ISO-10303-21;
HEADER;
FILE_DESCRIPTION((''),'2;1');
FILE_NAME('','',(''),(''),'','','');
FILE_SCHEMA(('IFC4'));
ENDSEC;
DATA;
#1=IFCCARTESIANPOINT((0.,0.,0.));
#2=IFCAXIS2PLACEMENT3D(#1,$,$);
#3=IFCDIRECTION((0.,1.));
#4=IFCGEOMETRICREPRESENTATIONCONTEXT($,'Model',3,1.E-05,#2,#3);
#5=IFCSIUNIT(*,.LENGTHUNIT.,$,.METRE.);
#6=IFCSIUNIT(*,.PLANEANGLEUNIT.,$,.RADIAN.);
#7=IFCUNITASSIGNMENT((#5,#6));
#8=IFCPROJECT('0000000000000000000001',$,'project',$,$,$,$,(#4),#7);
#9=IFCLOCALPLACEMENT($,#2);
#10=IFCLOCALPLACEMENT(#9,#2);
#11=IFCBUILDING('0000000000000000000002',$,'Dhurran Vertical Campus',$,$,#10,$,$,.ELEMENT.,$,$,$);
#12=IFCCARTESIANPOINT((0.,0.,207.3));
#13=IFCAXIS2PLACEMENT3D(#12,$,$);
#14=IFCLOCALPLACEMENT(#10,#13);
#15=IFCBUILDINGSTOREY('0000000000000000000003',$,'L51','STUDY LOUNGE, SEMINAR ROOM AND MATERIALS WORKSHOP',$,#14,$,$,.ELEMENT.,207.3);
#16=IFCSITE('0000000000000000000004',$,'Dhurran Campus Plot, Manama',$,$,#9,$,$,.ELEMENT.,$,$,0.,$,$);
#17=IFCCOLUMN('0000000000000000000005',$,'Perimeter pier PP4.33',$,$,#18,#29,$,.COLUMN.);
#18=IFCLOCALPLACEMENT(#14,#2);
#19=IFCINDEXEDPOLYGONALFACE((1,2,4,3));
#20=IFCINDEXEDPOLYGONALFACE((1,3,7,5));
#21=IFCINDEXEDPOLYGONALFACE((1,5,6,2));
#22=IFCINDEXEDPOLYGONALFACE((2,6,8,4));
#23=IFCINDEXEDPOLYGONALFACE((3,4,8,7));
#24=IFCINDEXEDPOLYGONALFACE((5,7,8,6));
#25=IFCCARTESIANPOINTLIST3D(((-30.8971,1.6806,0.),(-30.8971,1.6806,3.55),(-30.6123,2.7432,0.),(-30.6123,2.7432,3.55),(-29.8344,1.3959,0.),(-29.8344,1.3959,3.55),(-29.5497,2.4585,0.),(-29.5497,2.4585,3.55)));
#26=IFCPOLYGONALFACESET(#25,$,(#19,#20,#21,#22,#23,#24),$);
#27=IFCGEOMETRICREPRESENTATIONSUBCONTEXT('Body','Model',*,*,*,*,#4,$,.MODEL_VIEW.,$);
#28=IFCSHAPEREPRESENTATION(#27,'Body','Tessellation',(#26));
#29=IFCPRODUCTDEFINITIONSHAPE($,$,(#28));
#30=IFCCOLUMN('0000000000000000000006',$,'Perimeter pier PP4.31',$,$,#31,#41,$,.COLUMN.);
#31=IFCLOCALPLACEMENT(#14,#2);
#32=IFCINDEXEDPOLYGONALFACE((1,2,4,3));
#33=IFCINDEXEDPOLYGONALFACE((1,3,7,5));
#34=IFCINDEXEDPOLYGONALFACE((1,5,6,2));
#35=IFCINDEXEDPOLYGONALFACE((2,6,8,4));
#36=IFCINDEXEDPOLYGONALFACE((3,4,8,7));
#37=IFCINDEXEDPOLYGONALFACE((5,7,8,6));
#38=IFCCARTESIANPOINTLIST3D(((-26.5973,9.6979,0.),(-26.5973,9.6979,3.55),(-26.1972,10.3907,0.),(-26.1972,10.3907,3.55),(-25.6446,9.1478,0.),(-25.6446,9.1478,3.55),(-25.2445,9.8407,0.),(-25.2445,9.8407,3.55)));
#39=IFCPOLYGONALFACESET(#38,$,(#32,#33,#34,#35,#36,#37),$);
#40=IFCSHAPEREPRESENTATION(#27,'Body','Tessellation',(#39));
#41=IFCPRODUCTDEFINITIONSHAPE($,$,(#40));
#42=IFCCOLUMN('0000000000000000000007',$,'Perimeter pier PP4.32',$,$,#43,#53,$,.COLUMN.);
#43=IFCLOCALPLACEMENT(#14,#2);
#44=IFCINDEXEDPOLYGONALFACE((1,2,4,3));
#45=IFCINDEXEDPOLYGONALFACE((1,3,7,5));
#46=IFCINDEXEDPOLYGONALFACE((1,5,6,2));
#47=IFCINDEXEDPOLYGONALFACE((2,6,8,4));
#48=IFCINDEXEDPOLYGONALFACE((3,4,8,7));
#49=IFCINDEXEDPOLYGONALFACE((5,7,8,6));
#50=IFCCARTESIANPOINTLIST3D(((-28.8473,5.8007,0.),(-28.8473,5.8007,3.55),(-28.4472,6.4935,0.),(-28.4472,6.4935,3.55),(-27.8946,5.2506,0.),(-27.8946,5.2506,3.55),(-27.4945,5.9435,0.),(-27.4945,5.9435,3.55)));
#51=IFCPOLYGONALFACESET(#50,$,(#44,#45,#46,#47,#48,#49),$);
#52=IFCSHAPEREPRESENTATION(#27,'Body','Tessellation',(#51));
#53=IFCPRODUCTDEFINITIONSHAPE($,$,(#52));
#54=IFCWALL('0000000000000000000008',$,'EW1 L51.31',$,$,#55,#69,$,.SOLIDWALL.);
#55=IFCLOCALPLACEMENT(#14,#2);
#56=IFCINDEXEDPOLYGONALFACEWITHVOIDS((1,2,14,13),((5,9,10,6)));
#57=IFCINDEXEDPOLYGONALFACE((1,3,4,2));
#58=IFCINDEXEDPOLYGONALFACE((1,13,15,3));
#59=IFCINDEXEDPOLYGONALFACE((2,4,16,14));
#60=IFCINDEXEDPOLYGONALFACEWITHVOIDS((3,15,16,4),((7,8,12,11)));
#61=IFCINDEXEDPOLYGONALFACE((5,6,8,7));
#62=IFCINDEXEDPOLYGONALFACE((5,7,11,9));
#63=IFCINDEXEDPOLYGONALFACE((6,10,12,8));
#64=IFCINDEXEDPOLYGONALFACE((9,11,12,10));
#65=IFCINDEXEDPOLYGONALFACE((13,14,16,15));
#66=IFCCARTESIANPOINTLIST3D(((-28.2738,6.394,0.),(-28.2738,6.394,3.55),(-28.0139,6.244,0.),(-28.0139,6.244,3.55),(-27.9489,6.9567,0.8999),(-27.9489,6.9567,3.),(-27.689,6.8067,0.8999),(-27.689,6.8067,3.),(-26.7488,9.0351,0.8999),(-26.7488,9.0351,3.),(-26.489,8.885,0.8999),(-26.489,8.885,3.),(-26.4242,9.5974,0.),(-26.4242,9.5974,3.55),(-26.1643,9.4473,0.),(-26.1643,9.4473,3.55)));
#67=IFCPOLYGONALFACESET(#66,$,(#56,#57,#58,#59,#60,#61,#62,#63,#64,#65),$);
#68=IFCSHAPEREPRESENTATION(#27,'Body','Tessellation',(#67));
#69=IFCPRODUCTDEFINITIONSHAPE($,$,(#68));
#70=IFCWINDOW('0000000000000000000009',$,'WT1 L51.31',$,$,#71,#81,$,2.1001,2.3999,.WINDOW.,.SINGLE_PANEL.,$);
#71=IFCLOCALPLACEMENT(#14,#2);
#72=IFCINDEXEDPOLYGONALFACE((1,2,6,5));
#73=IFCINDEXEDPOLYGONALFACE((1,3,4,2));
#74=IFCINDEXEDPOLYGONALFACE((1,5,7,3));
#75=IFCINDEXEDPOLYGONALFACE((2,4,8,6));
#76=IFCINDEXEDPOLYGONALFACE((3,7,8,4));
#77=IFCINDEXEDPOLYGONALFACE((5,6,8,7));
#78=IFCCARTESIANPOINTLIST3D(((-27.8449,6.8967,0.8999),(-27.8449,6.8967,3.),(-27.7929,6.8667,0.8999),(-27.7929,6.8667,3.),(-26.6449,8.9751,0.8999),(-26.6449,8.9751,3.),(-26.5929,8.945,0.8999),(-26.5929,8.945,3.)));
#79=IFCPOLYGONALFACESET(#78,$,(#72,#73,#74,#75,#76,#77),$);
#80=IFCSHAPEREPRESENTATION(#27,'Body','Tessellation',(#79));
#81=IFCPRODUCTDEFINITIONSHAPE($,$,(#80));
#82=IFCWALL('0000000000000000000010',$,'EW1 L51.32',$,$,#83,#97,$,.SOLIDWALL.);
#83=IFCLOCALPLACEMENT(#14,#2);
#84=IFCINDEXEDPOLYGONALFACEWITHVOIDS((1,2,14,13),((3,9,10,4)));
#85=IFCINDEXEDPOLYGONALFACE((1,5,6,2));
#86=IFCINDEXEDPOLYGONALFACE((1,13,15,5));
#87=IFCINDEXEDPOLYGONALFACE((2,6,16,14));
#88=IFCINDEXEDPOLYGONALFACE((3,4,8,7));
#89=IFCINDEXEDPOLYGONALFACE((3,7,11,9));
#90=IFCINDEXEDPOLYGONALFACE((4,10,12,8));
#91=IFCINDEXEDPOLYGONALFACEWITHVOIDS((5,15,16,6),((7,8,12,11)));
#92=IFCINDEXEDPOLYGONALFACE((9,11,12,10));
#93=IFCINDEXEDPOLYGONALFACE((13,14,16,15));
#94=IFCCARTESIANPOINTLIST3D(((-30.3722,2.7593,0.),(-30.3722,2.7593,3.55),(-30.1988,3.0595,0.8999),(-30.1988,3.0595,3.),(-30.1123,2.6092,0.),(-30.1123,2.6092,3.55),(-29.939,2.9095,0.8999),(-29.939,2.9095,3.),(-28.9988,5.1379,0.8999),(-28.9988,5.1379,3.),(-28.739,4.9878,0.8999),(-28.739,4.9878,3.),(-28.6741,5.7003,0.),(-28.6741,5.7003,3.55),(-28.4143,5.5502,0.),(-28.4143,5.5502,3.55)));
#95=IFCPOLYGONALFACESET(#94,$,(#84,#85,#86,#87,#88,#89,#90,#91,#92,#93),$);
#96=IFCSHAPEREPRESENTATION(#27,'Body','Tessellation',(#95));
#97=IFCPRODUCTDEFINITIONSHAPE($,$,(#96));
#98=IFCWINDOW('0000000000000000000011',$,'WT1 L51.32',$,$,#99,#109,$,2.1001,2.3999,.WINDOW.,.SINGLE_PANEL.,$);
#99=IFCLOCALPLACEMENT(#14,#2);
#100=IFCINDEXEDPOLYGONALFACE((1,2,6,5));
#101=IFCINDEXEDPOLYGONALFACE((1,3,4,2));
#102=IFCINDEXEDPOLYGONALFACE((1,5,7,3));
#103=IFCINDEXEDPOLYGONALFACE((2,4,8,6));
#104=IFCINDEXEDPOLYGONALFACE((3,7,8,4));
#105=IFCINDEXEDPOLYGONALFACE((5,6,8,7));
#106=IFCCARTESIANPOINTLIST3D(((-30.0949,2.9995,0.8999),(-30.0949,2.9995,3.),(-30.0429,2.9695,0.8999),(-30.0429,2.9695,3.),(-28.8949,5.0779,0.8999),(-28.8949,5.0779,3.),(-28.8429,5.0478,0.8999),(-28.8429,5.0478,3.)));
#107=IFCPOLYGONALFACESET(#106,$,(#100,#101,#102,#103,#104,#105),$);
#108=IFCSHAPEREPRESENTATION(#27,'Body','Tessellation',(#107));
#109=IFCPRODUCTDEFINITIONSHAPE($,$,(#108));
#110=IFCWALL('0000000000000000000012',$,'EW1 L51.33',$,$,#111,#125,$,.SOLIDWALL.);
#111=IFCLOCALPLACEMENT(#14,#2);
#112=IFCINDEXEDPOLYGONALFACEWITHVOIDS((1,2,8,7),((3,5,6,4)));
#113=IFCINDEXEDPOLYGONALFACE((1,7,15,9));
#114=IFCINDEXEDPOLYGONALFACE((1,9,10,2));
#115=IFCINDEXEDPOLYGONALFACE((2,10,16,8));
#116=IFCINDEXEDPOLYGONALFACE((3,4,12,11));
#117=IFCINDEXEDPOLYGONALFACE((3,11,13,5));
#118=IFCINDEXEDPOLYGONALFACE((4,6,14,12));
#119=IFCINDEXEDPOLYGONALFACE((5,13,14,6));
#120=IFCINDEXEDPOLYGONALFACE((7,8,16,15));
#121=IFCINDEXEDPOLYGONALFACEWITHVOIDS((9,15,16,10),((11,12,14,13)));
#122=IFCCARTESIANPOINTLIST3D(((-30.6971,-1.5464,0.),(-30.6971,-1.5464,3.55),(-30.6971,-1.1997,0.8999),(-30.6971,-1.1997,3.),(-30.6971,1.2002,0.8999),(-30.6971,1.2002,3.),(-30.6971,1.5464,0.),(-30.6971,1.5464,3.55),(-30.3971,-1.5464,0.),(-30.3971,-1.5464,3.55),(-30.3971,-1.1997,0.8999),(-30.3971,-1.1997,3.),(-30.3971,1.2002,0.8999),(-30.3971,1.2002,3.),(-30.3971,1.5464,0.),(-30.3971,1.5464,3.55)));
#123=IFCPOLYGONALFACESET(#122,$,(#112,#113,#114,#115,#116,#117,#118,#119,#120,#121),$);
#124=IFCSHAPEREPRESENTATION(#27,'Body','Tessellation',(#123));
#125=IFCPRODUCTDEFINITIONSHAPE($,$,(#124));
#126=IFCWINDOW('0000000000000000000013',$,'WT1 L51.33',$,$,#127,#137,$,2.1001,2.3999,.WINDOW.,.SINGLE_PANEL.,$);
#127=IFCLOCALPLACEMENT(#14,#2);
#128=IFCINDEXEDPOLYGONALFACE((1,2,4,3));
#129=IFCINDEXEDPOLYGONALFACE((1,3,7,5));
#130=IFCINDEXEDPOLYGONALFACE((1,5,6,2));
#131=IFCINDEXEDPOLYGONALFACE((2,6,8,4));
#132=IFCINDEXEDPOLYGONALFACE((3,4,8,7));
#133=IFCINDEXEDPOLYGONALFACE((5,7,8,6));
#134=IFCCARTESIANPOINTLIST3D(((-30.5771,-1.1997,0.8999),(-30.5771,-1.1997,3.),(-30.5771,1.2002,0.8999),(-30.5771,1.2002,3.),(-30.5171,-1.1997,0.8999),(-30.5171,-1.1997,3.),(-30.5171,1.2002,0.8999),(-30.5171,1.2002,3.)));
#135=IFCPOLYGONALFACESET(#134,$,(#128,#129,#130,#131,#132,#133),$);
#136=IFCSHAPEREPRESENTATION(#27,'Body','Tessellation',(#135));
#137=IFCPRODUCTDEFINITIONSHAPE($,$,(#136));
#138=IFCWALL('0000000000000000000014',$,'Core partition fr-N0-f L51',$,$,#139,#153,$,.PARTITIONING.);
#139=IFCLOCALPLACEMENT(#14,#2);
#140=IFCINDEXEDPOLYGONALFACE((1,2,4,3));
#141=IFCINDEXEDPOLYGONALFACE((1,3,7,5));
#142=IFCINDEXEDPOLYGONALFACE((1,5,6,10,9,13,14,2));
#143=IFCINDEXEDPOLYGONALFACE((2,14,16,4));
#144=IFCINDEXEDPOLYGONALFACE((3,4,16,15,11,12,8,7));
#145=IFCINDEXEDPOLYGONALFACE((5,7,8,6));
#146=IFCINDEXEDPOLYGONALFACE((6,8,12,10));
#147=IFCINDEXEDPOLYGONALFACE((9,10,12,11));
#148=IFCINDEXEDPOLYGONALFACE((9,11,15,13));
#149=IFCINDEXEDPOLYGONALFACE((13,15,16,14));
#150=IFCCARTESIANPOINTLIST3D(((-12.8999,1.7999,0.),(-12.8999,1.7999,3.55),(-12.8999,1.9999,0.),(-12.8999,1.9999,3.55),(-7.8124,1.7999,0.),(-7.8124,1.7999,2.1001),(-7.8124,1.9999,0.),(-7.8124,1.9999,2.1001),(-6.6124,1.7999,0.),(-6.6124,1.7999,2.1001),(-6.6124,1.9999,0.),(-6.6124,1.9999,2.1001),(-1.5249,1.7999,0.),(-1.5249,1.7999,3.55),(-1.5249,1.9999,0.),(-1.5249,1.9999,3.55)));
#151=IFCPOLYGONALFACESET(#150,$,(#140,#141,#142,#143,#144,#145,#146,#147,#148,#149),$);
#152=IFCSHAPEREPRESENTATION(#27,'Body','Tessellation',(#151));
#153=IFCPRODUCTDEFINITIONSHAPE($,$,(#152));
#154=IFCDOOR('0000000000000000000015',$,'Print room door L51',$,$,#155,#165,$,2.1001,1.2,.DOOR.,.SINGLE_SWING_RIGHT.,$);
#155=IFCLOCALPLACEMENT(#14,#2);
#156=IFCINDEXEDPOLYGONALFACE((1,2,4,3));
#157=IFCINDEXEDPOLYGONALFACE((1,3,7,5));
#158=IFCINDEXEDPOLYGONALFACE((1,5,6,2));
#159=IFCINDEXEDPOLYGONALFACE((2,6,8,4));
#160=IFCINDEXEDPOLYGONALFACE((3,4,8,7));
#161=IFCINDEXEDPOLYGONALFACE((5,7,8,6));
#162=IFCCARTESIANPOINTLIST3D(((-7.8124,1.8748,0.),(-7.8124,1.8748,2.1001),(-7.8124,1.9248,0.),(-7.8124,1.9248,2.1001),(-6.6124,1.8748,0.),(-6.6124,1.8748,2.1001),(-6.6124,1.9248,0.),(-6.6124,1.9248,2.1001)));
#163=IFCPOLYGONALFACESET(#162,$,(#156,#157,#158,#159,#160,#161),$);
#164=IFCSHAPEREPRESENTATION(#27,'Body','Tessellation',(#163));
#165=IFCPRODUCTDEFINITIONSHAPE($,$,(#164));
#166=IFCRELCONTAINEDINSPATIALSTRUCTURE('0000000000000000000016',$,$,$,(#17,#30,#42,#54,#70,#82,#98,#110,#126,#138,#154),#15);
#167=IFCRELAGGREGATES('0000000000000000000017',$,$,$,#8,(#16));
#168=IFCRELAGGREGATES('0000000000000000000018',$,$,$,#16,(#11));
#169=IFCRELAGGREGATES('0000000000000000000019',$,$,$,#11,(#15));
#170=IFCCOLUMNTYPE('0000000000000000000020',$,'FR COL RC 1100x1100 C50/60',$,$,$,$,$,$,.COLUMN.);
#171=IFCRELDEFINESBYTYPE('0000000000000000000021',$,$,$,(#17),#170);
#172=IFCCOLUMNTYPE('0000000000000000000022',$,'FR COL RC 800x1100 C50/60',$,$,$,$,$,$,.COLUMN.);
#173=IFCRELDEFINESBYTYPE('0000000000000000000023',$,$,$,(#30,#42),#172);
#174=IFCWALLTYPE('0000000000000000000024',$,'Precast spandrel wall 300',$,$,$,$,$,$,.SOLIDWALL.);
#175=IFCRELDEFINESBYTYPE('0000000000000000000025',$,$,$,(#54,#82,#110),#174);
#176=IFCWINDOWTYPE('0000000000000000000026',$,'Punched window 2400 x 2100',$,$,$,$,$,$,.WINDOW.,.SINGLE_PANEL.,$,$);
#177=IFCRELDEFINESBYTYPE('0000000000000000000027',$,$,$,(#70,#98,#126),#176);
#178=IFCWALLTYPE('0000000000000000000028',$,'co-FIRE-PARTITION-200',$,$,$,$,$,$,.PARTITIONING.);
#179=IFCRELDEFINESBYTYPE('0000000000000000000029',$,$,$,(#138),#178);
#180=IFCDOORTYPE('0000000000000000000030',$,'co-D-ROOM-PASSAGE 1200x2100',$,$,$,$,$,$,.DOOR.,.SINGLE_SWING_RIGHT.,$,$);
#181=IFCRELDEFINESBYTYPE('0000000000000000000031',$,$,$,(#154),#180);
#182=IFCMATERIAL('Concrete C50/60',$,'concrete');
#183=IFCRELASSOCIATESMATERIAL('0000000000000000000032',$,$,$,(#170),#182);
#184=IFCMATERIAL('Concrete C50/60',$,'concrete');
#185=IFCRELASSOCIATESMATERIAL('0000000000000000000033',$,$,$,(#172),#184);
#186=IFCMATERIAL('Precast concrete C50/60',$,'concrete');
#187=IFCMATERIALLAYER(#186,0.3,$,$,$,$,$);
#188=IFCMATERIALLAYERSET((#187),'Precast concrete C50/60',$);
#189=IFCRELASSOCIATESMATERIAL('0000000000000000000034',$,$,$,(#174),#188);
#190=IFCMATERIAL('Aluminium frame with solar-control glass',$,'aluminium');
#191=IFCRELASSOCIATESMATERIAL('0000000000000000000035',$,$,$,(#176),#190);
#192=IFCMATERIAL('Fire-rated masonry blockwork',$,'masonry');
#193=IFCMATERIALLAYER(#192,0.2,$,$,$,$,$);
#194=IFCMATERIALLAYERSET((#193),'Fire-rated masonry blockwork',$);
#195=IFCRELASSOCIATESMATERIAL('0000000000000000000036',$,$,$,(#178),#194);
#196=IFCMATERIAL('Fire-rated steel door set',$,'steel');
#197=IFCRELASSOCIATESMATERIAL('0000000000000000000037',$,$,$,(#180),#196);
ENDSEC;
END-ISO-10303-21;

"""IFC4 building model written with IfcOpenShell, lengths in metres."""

from ifc_helpers import new_model, si_unit, direction, frame, frame_2d, origin, origin_2d, place, context, subcontext, project, spatial, rectangle, extrude, material, layer, layer_set, material_profile, profile_set, type_object, element, fill, save


model = new_model("IFC4")

# Units and contexts
model_context = context("Model", 3, precision=1e-05, world=origin(), true_north=direction((0.0, 1.0)))
body_context = subcontext(model_context, "Body", "Model", "MODEL_VIEW")
ifc_project = project(units=[si_unit("LENGTHUNIT", "METRE"), si_unit("PLANEANGLEUNIT", "RADIAN")], contexts=[model_context])

# Site, building, storey
site_placement = place(None, origin())
site = spatial("IfcSite", under=ifc_project, at=site_placement, Name="Dhurran Campus Plot, Manama", CompositionType="ELEMENT", RefElevation=0.0)
building_placement = place(site_placement, origin())
building = spatial("IfcBuilding", under=site, at=building_placement, Name="Dhurran Vertical Campus", CompositionType="ELEMENT")
storey_placement = place(building_placement, frame((0.0, 0.0, 207.3)))
storey = spatial("IfcBuildingStorey", under=building, at=storey_placement, Name="L51", Description="STUDY LOUNGE, SEMINAR ROOM AND MATERIALS WORKSHOP", CompositionType="ELEMENT", Elevation=207.3)

# Columns
ifc_material_1 = material(Name="Concrete C50/60", Category="concrete")
ifc_material_profile_1 = material_profile(ifc_material_1, rectangle(XDim=1.1001, YDim=1.1001, at=origin_2d()), Name="RC 1100x1100")
ifc_profile_set_1 = profile_set([ifc_material_profile_1], Name="Concrete C50/60")
column_type_1 = type_object("IfcColumnType", Name="FR COL RC 1100x1100 C50/60", PredefinedType="COLUMN", material=ifc_profile_set_1)
column_placement = place(storey_placement, frame((-30.2234, 2.0696, 0.0), z_axis=(0.0, 0.0, 1.0), x_axis=(-0.258819, -0.965926, 0.0)))
element("IfcColumn", 1, at=column_placement, inside=storey, type_object=column_type_1, Name="Perimeter pier PP4.33", PredefinedType="COLUMN", context=body_context, shape_type="SweptSolid", body=[
    extrude(rectangle(XDim=1.1001, YDim=1.1001, at=origin_2d()), origin(), (0.0, 0.0, 1.0), 3.55),
])
ifc_material_2 = material(Name="Concrete C50/60", Category="concrete")
ifc_material_profile_2 = material_profile(ifc_material_2, rectangle(XDim=0.8, YDim=1.1001, at=origin_2d()), Name="RC 800x1100")
ifc_profile_set_2 = profile_set([ifc_material_profile_2], Name="Concrete C50/60")
column_type_2 = type_object("IfcColumnType", Name="FR COL RC 800x1100 C50/60", PredefinedType="COLUMN", material=ifc_profile_set_2)
for number, where, z_axis, x_axis, name in (
    (2, (-25.9209, 9.7693, 0.0), (0.0, 0.0, 1.0), (-0.5, -0.866025, 0.0), "Perimeter pier PP4.31"),
    (3, (-28.1709, 5.8721, 0.0), (0.0, 0.0, 1.0), (-0.5, -0.866025, 0.0), "Perimeter pier PP4.32"),
):
    element("IfcColumn", number, at=place(storey_placement, frame(where, z_axis=z_axis, x_axis=x_axis)), inside=storey, type_object=column_type_2, Name=name, PredefinedType="COLUMN", context=body_context, shape_type="SweptSolid", body=[
        extrude(rectangle(XDim=0.8, YDim=1.1001, at=origin_2d()), origin(), (0.0, 0.0, 1.0), 3.55),
    ])

# Walls, openings, windows
ifc_material_3 = material(Name="Precast concrete C50/60", Category="concrete")
ifc_layer_1 = layer(ifc_material_3, 0.3)
ifc_layer_set_1 = layer_set([ifc_layer_1], Name="Precast concrete C50/60")
wall_type_1 = type_object("IfcWallType", Name="Precast spandrel wall 300", PredefinedType="SOLIDWALL", material=ifc_layer_set_1)
wall_1_placement = place(storey_placement, frame((-26.2942, 9.5225, 0.0), z_axis=(0.0, 0.0, 1.0), x_axis=(-0.500029, -0.866009, 0.0)))
wall_1 = element("IfcWall", 4, at=wall_1_placement, inside=storey, type_object=wall_type_1, Name="EW1 L51.31", PredefinedType="SOLIDWALL", context=body_context, shape_type="SweptSolid", body=[
    extrude(rectangle(XDim=3.699, YDim=0.3, at=frame_2d((1.8496, 0.0))), origin(), (0.0, 0.0, 1.0), 3.55),
])
opening_1_placement = place(wall_1_placement, frame((0.6494, 0.0, 0.8999)))
opening_1 = element("IfcOpeningElement", 5, at=opening_1_placement, cuts=wall_1, PredefinedType="OPENING", context=body_context, shape_type="SweptSolid", body=[
    extrude(rectangle(XDim=2.3999, YDim=2.1001, at=frame_2d((1.2, 1.05))), frame((0.0, 0.1599, 0.0), z_axis=(0.0, -1.0, 0.0), x_axis=(1.0, 0.0, 0.0)), (0.0, 0.0, 1.0), 0.3201),
])
ifc_material_4 = material(Name="Aluminium frame with solar-control glass", Category="aluminium")
window_type = type_object("IfcWindowType", Name="Punched window 2400 x 2100", PartitioningType="SINGLE_PANEL", PredefinedType="WINDOW", material=ifc_material_4)
window_1_placement = place(opening_1_placement, origin())
window_1 = element("IfcWindow", 6, at=window_1_placement, inside=storey, type_object=window_type, Name="WT1 L51.31", OverallHeight=2.1001, OverallWidth=2.3999, PartitioningType="SINGLE_PANEL", PredefinedType="WINDOW", context=body_context, shape_type="SweptSolid", body=[
    extrude(rectangle(XDim=2.3999, YDim=2.1001, at=frame_2d((1.2, 1.05))), frame((0.0, 0.03, 0.0), z_axis=(0.0, -1.0, 0.0), x_axis=(1.0, 0.0, 0.0)), (0.0, 0.0, 1.0), 0.0601),
])
fill(opening_1, window_1)
wall_2_placement = place(storey_placement, frame((-28.5442, 5.6252, 0.0), z_axis=(0.0, 0.0, 1.0), x_axis=(-0.500013, -0.866018, 0.0)))
wall_2 = element("IfcWall", 7, at=wall_2_placement, inside=storey, type_object=wall_type_1, Name="EW1 L51.32", PredefinedType="SOLIDWALL", context=body_context, shape_type="SweptSolid", body=[
    extrude(rectangle(XDim=3.396, YDim=0.3, at=frame_2d((1.698, 0.0))), origin(), (0.0, 0.0, 1.0), 3.55),
])
opening_2_placement = place(wall_2_placement, frame((0.6494, 0.0, 0.8999)))
opening_2 = element("IfcOpeningElement", 8, at=opening_2_placement, cuts=wall_2, PredefinedType="OPENING", context=body_context, shape_type="SweptSolid", body=[
    extrude(rectangle(XDim=2.3999, YDim=2.1001, at=frame_2d((1.2, 1.05))), frame((0.0, 0.1599, 0.0), z_axis=(0.0, -1.0, 0.0), x_axis=(1.0, 0.0, 0.0)), (0.0, 0.0, 1.0), 0.3201),
])
window_2_placement = place(opening_2_placement, origin())
window_2 = element("IfcWindow", 9, at=window_2_placement, inside=storey, type_object=window_type, Name="WT1 L51.32", OverallHeight=2.1001, OverallWidth=2.3999, PartitioningType="SINGLE_PANEL", PredefinedType="WINDOW", context=body_context, shape_type="SweptSolid", body=[
    extrude(rectangle(XDim=2.3999, YDim=2.1001, at=frame_2d((1.2, 1.05))), frame((0.0, 0.03, 0.0), z_axis=(0.0, -1.0, 0.0), x_axis=(1.0, 0.0, 0.0)), (0.0, 0.0, 1.0), 0.0601),
])
fill(opening_2, window_2)
wall_3_placement = place(storey_placement, frame((-30.5471, 1.5464, 0.0), z_axis=(0.0, 0.0, 1.0), x_axis=(0.0, -1.0, 0.0)))
wall_3 = element("IfcWall", 10, at=wall_3_placement, inside=storey, type_object=wall_type_1, Name="EW1 L51.33", PredefinedType="SOLIDWALL", context=body_context, shape_type="SweptSolid", body=[
    extrude(rectangle(XDim=3.0928, YDim=0.3, at=frame_2d((1.5464, 0.0))), origin(), (0.0, 0.0, 1.0), 3.55),
])
opening_3_placement = place(wall_3_placement, frame((0.3462, 0.0, 0.8999)))
opening_3 = element("IfcOpeningElement", 11, at=opening_3_placement, cuts=wall_3, PredefinedType="OPENING", context=body_context, shape_type="SweptSolid", body=[
    extrude(rectangle(XDim=2.3999, YDim=2.1001, at=frame_2d((1.2, 1.05))), frame((0.0, 0.1599, 0.0), z_axis=(0.0, -1.0, 0.0), x_axis=(1.0, 0.0, 0.0)), (0.0, 0.0, 1.0), 0.3201),
])
window_3_placement = place(opening_3_placement, origin())
window_3 = element("IfcWindow", 12, at=window_3_placement, inside=storey, type_object=window_type, Name="WT1 L51.33", OverallHeight=2.1001, OverallWidth=2.3999, PartitioningType="SINGLE_PANEL", PredefinedType="WINDOW", context=body_context, shape_type="SweptSolid", body=[
    extrude(rectangle(XDim=2.3999, YDim=2.1001, at=frame_2d((1.2, 1.05))), frame((0.0, 0.03, 0.0), z_axis=(0.0, -1.0, 0.0), x_axis=(1.0, 0.0, 0.0)), (0.0, 0.0, 1.0), 0.0601),
])
fill(opening_3, window_3)

# Wall, opening, door
ifc_material_5 = material(Name="Fire-rated masonry blockwork", Category="masonry")
ifc_layer_2 = layer(ifc_material_5, 0.2)
ifc_layer_set_2 = layer_set([ifc_layer_2], Name="Fire-rated masonry blockwork")
wall_type_2 = type_object("IfcWallType", Name="co-FIRE-PARTITION-200", PredefinedType="PARTITIONING", material=ifc_layer_set_2)
wall_4_placement = place(storey_placement, frame((-12.8999, 1.8999, 0.0), z_axis=(0.0, 0.0, 1.0), x_axis=(1.0, 0.0, 0.0)))
wall_4 = element("IfcWall", 13, at=wall_4_placement, inside=storey, type_object=wall_type_2, Name="Core partition fr-N0-f L51", PredefinedType="PARTITIONING", context=body_context, shape_type="SweptSolid", body=[
    extrude(rectangle(XDim=11.375, YDim=0.2, at=frame_2d((5.6875, 0.0))), origin(), (0.0, 0.0, 1.0), 3.55),
])
opening_4_placement = place(wall_4_placement, frame((5.0874, 0.0, 0.0)))
opening_4 = element("IfcOpeningElement", 14, at=opening_4_placement, cuts=wall_4, PredefinedType="OPENING", context=body_context, shape_type="SweptSolid", body=[
    extrude(rectangle(XDim=1.2, YDim=2.1001, at=frame_2d((0.6001, 1.05))), frame((0.0, 0.1099, 0.0), z_axis=(0.0, -1.0, 0.0), x_axis=(1.0, 0.0, 0.0)), (0.0, 0.0, 1.0), 0.22),
])
ifc_material_6 = material(Name="Fire-rated steel door set", Category="steel")
door_type_1 = type_object("IfcDoorType", Name="co-D-ROOM-PASSAGE 1200x2100", OperationType="SINGLE_SWING_RIGHT", PredefinedType="DOOR", material=ifc_material_6)
door_1_placement = place(opening_4_placement, origin())
door_1 = element("IfcDoor", 15, at=door_1_placement, inside=storey, type_object=door_type_1, Name="Print room door L51", OperationType="SINGLE_SWING_RIGHT", OverallHeight=2.1001, OverallWidth=1.2, PredefinedType="DOOR", context=body_context, shape_type="SweptSolid", body=[
    extrude(rectangle(XDim=1.2, YDim=2.1001, at=frame_2d((0.6001, 1.05))), frame((0.0, 0.0249, 0.0), z_axis=(0.0, -1.0, 0.0), x_axis=(1.0, 0.0, 0.0)), (0.0, 0.0, 1.0), 0.05),
])
fill(opening_4, door_1)

save(model, "model.ifc")
